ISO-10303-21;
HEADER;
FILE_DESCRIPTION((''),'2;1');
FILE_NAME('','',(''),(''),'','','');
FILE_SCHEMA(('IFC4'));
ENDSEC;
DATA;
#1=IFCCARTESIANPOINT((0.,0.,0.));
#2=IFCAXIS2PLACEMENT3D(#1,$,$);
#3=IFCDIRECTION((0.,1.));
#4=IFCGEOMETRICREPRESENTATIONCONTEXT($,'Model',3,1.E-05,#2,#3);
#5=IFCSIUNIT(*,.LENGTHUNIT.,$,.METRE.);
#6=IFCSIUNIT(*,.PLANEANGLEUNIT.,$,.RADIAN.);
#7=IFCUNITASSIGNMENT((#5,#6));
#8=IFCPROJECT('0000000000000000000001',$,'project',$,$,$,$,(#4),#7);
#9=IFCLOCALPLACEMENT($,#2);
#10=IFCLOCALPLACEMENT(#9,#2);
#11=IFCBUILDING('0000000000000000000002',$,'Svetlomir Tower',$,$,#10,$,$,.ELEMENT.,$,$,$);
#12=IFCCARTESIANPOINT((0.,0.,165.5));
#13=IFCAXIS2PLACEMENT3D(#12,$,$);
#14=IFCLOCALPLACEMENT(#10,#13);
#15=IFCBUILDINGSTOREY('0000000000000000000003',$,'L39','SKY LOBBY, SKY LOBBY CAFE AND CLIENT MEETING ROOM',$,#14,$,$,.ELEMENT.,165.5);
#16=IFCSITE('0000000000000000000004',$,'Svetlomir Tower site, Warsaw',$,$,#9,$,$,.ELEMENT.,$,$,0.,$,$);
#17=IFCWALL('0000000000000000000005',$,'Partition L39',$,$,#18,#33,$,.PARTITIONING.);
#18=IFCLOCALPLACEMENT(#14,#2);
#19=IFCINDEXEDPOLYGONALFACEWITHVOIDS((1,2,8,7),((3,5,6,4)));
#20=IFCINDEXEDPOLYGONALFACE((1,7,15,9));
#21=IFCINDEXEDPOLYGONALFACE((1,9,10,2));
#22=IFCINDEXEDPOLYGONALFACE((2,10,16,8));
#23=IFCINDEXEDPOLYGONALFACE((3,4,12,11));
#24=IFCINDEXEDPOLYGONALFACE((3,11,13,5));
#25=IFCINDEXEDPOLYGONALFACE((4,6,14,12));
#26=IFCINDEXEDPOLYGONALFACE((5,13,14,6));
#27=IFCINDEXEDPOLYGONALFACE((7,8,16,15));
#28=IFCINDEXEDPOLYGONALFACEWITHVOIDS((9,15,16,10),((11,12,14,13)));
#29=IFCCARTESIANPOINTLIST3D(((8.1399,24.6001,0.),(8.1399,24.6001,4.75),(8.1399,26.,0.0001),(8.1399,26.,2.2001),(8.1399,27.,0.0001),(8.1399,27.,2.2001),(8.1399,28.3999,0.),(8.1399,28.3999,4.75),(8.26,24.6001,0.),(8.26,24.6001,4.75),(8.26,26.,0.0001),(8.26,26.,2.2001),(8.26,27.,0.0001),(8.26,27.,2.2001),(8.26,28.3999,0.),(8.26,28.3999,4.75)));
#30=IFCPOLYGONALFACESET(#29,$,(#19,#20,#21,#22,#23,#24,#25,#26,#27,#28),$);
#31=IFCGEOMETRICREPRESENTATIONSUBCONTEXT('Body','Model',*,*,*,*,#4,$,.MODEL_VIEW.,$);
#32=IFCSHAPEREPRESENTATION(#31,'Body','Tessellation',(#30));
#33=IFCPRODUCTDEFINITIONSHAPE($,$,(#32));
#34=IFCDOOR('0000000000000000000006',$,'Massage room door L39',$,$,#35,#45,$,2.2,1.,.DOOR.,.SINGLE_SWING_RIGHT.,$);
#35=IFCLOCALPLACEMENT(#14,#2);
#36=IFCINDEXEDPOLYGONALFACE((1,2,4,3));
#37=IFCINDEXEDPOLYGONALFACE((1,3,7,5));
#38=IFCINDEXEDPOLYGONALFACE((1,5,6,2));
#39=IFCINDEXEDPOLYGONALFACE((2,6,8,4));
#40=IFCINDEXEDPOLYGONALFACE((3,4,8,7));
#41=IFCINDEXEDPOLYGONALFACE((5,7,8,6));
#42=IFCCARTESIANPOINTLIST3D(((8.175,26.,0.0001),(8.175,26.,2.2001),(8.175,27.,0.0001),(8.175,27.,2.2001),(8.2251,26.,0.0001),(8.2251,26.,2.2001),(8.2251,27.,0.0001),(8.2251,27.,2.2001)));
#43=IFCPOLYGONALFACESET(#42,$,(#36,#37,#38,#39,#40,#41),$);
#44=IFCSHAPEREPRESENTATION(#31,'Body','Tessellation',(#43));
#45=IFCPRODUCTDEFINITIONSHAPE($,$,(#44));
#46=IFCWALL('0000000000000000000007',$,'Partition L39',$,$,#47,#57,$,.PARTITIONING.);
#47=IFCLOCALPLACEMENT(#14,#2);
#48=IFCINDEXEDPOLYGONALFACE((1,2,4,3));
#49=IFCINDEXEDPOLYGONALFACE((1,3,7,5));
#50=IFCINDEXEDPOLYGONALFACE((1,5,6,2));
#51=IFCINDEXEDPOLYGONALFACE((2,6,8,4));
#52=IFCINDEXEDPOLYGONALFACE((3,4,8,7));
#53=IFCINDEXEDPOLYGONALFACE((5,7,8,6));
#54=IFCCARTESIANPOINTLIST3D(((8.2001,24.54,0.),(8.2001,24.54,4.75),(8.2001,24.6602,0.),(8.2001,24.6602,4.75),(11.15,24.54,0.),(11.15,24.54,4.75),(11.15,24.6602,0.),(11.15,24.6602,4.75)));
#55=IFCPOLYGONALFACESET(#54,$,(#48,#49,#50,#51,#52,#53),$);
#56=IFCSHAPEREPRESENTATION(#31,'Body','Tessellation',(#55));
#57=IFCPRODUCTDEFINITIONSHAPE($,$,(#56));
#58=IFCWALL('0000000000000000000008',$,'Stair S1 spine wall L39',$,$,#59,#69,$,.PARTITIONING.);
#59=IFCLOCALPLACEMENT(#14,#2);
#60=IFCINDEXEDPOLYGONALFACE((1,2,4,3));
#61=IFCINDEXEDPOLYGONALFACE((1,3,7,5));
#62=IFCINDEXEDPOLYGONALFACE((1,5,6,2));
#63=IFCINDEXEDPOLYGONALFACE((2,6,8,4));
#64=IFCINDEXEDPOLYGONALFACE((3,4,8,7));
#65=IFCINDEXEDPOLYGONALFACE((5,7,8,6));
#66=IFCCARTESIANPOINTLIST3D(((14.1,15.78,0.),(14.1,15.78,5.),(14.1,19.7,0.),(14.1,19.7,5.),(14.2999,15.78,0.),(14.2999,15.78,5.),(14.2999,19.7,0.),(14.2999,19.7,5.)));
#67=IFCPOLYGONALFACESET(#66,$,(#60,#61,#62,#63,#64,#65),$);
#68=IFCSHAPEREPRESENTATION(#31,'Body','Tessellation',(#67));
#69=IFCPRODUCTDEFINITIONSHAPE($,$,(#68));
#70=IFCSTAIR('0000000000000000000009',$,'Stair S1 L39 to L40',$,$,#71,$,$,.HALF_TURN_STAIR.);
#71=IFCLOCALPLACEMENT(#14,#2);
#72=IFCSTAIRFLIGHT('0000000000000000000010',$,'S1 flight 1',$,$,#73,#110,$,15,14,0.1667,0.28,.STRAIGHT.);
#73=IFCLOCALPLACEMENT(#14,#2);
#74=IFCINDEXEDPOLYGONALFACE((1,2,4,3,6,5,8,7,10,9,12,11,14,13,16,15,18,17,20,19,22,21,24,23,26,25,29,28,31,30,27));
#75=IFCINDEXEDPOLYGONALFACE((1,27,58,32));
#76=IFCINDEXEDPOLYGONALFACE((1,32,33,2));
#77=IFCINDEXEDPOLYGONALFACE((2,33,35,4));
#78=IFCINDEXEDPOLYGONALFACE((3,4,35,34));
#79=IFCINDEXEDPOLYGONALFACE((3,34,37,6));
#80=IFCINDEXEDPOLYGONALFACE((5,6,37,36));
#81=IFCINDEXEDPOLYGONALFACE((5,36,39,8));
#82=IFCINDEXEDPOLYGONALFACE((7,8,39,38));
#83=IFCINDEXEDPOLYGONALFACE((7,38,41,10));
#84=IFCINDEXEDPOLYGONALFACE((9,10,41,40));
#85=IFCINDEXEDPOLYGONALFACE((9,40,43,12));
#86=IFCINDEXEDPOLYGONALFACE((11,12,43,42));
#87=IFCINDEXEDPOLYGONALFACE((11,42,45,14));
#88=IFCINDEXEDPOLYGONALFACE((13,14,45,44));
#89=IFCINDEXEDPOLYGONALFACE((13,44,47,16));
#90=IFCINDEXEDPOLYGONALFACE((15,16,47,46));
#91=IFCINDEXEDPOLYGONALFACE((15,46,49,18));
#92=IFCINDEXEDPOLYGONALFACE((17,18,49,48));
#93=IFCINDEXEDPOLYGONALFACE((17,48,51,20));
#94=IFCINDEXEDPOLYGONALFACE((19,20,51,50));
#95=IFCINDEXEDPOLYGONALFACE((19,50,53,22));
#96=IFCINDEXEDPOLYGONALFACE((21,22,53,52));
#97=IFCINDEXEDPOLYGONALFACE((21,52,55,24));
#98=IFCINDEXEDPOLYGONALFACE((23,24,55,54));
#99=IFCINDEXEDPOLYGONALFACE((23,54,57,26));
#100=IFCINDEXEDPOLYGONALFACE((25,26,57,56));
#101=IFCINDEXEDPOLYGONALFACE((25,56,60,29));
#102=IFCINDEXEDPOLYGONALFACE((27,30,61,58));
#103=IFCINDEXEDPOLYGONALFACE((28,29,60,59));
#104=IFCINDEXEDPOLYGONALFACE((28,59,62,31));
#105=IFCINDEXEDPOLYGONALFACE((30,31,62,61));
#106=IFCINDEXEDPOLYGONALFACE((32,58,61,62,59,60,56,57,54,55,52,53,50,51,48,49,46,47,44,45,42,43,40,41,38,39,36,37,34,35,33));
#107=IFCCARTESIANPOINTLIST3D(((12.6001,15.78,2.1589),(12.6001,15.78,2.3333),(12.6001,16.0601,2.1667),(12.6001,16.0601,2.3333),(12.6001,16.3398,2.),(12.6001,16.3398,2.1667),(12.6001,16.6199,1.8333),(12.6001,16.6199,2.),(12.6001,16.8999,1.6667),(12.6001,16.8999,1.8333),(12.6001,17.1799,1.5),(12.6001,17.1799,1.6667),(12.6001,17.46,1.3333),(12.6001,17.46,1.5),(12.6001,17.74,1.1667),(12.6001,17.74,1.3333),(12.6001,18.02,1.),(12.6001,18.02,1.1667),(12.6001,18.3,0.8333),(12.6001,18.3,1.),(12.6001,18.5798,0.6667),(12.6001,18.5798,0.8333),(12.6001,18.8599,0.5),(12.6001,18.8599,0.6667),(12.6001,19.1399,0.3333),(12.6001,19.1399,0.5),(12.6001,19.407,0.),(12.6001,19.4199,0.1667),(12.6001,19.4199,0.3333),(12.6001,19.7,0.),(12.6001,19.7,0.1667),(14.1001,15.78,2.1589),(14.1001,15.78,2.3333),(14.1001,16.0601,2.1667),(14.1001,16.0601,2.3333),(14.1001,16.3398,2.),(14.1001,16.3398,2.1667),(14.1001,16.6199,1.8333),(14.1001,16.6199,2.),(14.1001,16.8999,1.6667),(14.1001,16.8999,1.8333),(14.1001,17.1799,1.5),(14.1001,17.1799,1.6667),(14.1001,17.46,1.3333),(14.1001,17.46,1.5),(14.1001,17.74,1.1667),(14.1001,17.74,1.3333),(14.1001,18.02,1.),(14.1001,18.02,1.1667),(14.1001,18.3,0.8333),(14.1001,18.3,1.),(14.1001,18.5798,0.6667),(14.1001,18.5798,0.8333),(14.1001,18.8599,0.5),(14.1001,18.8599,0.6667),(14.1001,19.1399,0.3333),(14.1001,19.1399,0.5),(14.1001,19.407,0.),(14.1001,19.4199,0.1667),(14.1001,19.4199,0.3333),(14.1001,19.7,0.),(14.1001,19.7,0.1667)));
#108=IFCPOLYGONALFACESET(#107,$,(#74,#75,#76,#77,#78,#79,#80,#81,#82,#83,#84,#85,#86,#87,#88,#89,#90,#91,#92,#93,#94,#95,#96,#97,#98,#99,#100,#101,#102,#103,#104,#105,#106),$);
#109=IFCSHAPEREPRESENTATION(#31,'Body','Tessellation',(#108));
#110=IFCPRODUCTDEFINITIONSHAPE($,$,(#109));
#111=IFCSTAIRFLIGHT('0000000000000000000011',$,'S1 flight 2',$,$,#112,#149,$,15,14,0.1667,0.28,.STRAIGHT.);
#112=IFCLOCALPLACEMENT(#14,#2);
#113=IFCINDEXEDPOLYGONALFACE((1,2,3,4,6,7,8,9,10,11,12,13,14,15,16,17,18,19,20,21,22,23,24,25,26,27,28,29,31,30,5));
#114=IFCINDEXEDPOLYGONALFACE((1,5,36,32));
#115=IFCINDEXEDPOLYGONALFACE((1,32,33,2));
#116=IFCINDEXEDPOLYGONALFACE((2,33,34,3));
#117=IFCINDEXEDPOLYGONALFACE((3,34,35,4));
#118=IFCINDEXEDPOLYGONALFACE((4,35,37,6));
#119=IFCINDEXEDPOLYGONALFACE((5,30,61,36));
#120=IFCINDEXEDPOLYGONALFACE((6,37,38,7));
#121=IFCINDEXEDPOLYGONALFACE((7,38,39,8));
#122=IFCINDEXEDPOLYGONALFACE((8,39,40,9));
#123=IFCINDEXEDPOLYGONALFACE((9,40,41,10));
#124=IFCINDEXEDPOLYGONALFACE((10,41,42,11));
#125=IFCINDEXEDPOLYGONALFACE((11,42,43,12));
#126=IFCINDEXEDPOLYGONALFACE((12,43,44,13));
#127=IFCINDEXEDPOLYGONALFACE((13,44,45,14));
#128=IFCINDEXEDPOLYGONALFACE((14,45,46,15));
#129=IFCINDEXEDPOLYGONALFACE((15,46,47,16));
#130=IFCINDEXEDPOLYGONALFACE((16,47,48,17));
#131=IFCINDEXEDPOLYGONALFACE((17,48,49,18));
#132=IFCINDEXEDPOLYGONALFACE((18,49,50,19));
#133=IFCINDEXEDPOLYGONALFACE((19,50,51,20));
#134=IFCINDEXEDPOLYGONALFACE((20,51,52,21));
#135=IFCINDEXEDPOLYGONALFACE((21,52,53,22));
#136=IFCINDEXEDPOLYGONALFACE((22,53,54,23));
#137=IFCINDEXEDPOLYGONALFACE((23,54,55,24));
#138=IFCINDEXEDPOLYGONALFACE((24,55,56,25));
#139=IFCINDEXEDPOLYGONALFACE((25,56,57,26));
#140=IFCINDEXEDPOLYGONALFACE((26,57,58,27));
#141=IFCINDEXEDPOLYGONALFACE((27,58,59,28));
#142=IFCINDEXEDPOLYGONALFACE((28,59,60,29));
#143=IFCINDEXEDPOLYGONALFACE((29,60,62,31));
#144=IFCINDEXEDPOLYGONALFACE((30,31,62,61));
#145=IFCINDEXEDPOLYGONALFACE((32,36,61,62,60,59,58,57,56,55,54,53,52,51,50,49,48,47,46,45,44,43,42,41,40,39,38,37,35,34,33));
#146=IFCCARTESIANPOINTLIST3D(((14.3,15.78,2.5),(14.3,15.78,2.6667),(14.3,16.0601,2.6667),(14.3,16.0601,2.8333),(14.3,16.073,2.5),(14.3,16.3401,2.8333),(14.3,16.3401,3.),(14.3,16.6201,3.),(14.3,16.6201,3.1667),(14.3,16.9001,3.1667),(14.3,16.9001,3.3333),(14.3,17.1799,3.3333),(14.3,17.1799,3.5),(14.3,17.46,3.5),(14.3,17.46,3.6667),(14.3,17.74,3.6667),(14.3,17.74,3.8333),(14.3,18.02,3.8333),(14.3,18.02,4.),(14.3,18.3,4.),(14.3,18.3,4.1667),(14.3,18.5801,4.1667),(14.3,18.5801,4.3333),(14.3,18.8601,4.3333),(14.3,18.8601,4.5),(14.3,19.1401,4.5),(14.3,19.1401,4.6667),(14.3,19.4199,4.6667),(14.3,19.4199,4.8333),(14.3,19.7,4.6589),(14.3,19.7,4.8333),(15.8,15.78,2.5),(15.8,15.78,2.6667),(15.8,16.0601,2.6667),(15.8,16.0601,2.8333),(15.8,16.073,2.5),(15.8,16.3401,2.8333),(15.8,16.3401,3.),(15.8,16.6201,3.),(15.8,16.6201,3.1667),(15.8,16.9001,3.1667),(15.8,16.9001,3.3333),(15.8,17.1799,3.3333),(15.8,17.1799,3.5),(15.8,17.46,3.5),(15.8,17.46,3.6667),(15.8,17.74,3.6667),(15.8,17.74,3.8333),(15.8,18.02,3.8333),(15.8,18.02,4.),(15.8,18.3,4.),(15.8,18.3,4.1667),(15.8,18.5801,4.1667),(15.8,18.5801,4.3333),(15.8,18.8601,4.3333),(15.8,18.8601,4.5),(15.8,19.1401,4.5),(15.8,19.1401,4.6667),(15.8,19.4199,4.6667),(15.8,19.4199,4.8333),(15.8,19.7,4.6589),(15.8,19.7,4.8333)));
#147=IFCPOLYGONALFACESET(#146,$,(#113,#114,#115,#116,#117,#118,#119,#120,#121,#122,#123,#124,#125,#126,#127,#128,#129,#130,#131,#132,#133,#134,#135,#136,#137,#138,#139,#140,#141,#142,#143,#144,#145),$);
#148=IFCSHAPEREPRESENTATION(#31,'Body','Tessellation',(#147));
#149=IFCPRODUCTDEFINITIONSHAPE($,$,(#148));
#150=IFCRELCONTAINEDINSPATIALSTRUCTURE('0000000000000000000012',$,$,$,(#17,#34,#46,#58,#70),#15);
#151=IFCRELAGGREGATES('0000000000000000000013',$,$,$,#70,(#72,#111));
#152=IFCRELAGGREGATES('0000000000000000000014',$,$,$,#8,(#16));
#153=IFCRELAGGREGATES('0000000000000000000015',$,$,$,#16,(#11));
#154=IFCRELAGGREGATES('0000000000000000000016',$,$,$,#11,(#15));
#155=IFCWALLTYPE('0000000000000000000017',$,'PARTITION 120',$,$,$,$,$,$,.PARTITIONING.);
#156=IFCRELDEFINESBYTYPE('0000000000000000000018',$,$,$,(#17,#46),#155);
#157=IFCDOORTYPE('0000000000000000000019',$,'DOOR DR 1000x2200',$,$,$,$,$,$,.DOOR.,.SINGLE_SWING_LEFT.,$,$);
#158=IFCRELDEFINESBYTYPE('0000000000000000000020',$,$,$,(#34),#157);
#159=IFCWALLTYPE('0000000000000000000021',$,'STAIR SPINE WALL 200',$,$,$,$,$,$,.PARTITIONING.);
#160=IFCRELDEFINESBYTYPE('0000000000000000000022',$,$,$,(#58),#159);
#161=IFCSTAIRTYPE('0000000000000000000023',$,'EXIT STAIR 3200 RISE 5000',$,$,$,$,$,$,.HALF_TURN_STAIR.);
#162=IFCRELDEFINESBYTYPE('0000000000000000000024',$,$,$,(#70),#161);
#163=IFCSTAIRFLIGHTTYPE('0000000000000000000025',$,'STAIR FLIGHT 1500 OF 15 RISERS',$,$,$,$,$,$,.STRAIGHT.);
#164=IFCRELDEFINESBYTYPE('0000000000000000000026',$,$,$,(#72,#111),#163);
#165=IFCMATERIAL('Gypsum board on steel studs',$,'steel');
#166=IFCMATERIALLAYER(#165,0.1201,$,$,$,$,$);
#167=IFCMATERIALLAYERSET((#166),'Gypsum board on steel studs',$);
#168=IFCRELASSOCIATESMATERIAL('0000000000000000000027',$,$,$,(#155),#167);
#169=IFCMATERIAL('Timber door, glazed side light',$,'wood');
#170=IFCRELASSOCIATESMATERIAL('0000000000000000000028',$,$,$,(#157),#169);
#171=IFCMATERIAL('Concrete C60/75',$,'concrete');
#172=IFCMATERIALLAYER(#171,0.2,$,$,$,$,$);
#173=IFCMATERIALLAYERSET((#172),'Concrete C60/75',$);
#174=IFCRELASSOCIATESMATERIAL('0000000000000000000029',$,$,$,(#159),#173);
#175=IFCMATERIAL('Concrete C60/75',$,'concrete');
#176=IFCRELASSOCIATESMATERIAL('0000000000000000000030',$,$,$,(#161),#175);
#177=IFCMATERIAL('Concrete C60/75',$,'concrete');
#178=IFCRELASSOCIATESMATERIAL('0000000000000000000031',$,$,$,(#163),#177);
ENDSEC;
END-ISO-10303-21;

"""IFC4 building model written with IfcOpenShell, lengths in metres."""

from ifc_helpers import new_model, si_unit, direction, frame, frame_2d, origin, place, context, subcontext, project, spatial, polyline, rectangle, outline, extrude, material, layer, layer_set, type_object, element, fill, aggregate, save


model = new_model("IFC4")

# Units and contexts
model_context = context("Model", 3, precision=1e-05, world=origin(), true_north=direction((0.0, 1.0)))
body_context = subcontext(model_context, "Body", "Model", "MODEL_VIEW")
ifc_project = project(units=[si_unit("LENGTHUNIT", "METRE"), si_unit("PLANEANGLEUNIT", "RADIAN")], contexts=[model_context])

# Site, building, storey
site_placement = place(None, origin())
site = spatial("IfcSite", under=ifc_project, at=site_placement, Name="Svetlomir Tower site, Warsaw", CompositionType="ELEMENT", RefElevation=0.0)
building_placement = place(site_placement, origin())
building = spatial("IfcBuilding", under=site, at=building_placement, Name="Svetlomir Tower", CompositionType="ELEMENT")
storey_placement = place(building_placement, frame((0.0, 0.0, 165.5)))
storey = spatial("IfcBuildingStorey", under=building, at=storey_placement, Name="L39", Description="SKY LOBBY, SKY LOBBY CAFE AND CLIENT MEETING ROOM", CompositionType="ELEMENT", Elevation=165.5)

# Wall, opening, door
ifc_material_1 = material(Name="Gypsum board on steel studs", Category="steel")
ifc_layer_1 = layer(ifc_material_1, 0.1201)
ifc_layer_set_1 = layer_set([ifc_layer_1], Name="Gypsum board on steel studs")
wall_type_1 = type_object("IfcWallType", Name="PARTITION 120", PredefinedType="PARTITIONING", material=ifc_layer_set_1)
wall_1_placement = place(storey_placement, frame((8.2, 24.6001, 0.0), z_axis=(0.0, 0.0, 1.0), x_axis=(0.0, 1.0, 0.0)))
wall_1 = element("IfcWall", 1, at=wall_1_placement, inside=storey, type_object=wall_type_1, Name="Partition L39", PredefinedType="PARTITIONING", context=body_context, shape_type="SweptSolid", body=[
    extrude(rectangle(XDim=3.7998, YDim=0.1201, at=frame_2d((1.8999, 0.0))), origin(), (0.0, 0.0, 1.0), 4.75),
])
opening_1_placement = place(wall_1_placement, frame((1.3999, 0.0, 0.0)))
opening_1 = element("IfcOpeningElement", 2, at=opening_1_placement, cuts=wall_1, PredefinedType="OPENING", context=body_context, shape_type="SweptSolid", body=[
    extrude(rectangle(XDim=1.0, YDim=2.2, at=frame_2d((0.5, 1.1001))), frame((0.0, 0.0701, 0.0), z_axis=(0.0, -1.0, 0.0), x_axis=(1.0, 0.0, 0.0)), (0.0, 0.0, 1.0), 0.1401),
])
ifc_material_2 = material(Name="Timber door, glazed side light", Category="wood")
door_type_1 = type_object("IfcDoorType", Name="DOOR DR 1000x2200", OperationType="SINGLE_SWING_LEFT", PredefinedType="DOOR", material=ifc_material_2)
door_1_placement = place(opening_1_placement, origin())
door_1 = element("IfcDoor", 3, at=door_1_placement, inside=storey, type_object=door_type_1, Name="Massage room door L39", OperationType="SINGLE_SWING_RIGHT", OverallHeight=2.2, OverallWidth=1.0, PredefinedType="DOOR", context=body_context, shape_type="SweptSolid", body=[
    extrude(rectangle(XDim=1.0, YDim=2.2, at=frame_2d((0.5, 1.1001))), frame((0.0, 0.0249, 0.0), z_axis=(0.0, -1.0, 0.0), x_axis=(1.0, 0.0, 0.0)), (0.0, 0.0, 1.0), 0.05),
])
fill(opening_1, door_1)

# Walls
wall_2_placement = place(storey_placement, frame((8.2, 24.6001, 0.0), z_axis=(0.0, 0.0, 1.0), x_axis=(1.0, 0.0, 0.0)))
element("IfcWall", 4, at=wall_2_placement, inside=storey, type_object=wall_type_1, Name="Partition L39", PredefinedType="PARTITIONING", context=body_context, shape_type="SweptSolid", body=[
    extrude(rectangle(XDim=2.95, YDim=0.1201, at=frame_2d((1.4751, 0.0))), origin(), (0.0, 0.0, 1.0), 4.75),
])
ifc_material_3 = material(Name="Concrete C60/75", Category="concrete")
ifc_layer_2 = layer(ifc_material_3, 0.2)
ifc_layer_set_2 = layer_set([ifc_layer_2], Name="Concrete C60/75")
wall_type_2 = type_object("IfcWallType", Name="STAIR SPINE WALL 200", PredefinedType="PARTITIONING", material=ifc_layer_set_2)
wall_3_placement = place(storey_placement, frame((14.2, 15.78, 0.0), z_axis=(0.0, 0.0, 1.0), x_axis=(0.0, 1.0, 0.0)))
element("IfcWall", 5, at=wall_3_placement, inside=storey, type_object=wall_type_2, Name="Stair S1 spine wall L39", PredefinedType="PARTITIONING", context=body_context, shape_type="SweptSolid", body=[
    extrude(rectangle(XDim=3.9199, YDim=0.2, at=frame_2d((1.96, 0.0))), origin(), (0.0, 0.0, 1.0), 5.0),
])

# Stair, stair flights
ifc_material_4 = material(Name="Concrete C60/75", Category="concrete")
stair_type = type_object("IfcStairType", Name="EXIT STAIR 3200 RISE 5000", PredefinedType="HALF_TURN_STAIR", material=ifc_material_4)
stair_placement = place(storey_placement, origin())
stair = element("IfcStair", 6, at=stair_placement, inside=storey, type_object=stair_type, Name="Stair S1 L39 to L40", PredefinedType="HALF_TURN_STAIR")
ifc_material_5 = material(Name="Concrete C60/75", Category="concrete")
stair_flight_type = type_object("IfcStairFlightType", Name="STAIR FLIGHT 1500 OF 15 RISERS", PredefinedType="STRAIGHT", material=ifc_material_5)
stair_flight_1_placement = place(storey_placement, frame((13.3501, 19.7, 0.0), z_axis=(0.0, 0.0, 1.0), x_axis=(0.0, -1.0, 0.0)))
stair_flight_1 = element("IfcStairFlight", 7, at=stair_flight_1_placement, type_object=stair_flight_type, Name="S1 flight 1", NumberOfRisers=15, NumberOfTreads=14, PredefinedType="STRAIGHT", RiserHeight=0.1667, TreadLength=0.28, context=body_context, shape_type="SweptSolid", body=[
    extrude(outline(polyline([(0.0, 0.0), (0.0, 0.1667), (0.28, 0.1667), (0.28, 0.3333), (0.5601, 0.3333), (0.5601, 0.5), (0.8401, 0.5), (0.8401, 0.6667), (1.1201, 0.6667), (1.1201, 0.8333), (1.3999, 0.8333), (1.3999, 1.0), (1.6799, 1.0), (1.6799, 1.1667), (1.96, 1.1667), (1.96, 1.3333), (2.24, 1.3333), (2.24, 1.5), (2.52, 1.5), (2.52, 1.6667), (2.8, 1.6667), (2.8, 1.8333), (3.0801, 1.8333), (3.0801, 2.0), (3.3601, 2.0), (3.3601, 2.1667), (3.6399, 2.1667), (3.6399, 2.3333), (3.9199, 2.3333), (3.9199, 2.5), (3.9199, 2.1589), (0.293, 0.0), (0.0, 0.0)])), frame((0.0, 0.75, 0.0), z_axis=(0.0, -1.0, 0.0), x_axis=(1.0, 0.0, 0.0)), (0.0, 0.0, 1.0), 1.5),
])
stair_flight_2_placement = place(storey_placement, frame((15.05, 15.78, 2.5), z_axis=(0.0, 0.0, 1.0), x_axis=(0.0, 1.0, 0.0)))
stair_flight_2 = element("IfcStairFlight", 8, at=stair_flight_2_placement, type_object=stair_flight_type, Name="S1 flight 2", NumberOfRisers=15, NumberOfTreads=14, PredefinedType="STRAIGHT", RiserHeight=0.1667, TreadLength=0.28, context=body_context, shape_type="SweptSolid", body=[
    extrude(outline(polyline([(0.0, 0.0), (0.0, 0.1667), (0.28, 0.1667), (0.28, 0.3333), (0.5601, 0.3333), (0.5601, 0.5), (0.8401, 0.5), (0.8401, 0.6667), (1.1201, 0.6667), (1.1201, 0.8333), (1.3999, 0.8333), (1.3999, 1.0), (1.6799, 1.0), (1.6799, 1.1667), (1.96, 1.1667), (1.96, 1.3333), (2.24, 1.3333), (2.24, 1.5), (2.52, 1.5), (2.52, 1.6667), (2.8, 1.6667), (2.8, 1.8333), (3.0801, 1.8333), (3.0801, 2.0), (3.3601, 2.0), (3.3601, 2.1667), (3.6399, 2.1667), (3.6399, 2.3333), (3.9199, 2.3333), (3.9199, 2.5), (3.9199, 2.1589), (0.293, 0.0), (0.0, 0.0)])), frame((0.0, 0.75, 0.0), z_axis=(0.0, -1.0, 0.0), x_axis=(1.0, 0.0, 0.0)), (0.0, 0.0, 1.0), 1.5),
])
aggregate(stair, [stair_flight_1, stair_flight_2])

save(model, "model.ifc")
